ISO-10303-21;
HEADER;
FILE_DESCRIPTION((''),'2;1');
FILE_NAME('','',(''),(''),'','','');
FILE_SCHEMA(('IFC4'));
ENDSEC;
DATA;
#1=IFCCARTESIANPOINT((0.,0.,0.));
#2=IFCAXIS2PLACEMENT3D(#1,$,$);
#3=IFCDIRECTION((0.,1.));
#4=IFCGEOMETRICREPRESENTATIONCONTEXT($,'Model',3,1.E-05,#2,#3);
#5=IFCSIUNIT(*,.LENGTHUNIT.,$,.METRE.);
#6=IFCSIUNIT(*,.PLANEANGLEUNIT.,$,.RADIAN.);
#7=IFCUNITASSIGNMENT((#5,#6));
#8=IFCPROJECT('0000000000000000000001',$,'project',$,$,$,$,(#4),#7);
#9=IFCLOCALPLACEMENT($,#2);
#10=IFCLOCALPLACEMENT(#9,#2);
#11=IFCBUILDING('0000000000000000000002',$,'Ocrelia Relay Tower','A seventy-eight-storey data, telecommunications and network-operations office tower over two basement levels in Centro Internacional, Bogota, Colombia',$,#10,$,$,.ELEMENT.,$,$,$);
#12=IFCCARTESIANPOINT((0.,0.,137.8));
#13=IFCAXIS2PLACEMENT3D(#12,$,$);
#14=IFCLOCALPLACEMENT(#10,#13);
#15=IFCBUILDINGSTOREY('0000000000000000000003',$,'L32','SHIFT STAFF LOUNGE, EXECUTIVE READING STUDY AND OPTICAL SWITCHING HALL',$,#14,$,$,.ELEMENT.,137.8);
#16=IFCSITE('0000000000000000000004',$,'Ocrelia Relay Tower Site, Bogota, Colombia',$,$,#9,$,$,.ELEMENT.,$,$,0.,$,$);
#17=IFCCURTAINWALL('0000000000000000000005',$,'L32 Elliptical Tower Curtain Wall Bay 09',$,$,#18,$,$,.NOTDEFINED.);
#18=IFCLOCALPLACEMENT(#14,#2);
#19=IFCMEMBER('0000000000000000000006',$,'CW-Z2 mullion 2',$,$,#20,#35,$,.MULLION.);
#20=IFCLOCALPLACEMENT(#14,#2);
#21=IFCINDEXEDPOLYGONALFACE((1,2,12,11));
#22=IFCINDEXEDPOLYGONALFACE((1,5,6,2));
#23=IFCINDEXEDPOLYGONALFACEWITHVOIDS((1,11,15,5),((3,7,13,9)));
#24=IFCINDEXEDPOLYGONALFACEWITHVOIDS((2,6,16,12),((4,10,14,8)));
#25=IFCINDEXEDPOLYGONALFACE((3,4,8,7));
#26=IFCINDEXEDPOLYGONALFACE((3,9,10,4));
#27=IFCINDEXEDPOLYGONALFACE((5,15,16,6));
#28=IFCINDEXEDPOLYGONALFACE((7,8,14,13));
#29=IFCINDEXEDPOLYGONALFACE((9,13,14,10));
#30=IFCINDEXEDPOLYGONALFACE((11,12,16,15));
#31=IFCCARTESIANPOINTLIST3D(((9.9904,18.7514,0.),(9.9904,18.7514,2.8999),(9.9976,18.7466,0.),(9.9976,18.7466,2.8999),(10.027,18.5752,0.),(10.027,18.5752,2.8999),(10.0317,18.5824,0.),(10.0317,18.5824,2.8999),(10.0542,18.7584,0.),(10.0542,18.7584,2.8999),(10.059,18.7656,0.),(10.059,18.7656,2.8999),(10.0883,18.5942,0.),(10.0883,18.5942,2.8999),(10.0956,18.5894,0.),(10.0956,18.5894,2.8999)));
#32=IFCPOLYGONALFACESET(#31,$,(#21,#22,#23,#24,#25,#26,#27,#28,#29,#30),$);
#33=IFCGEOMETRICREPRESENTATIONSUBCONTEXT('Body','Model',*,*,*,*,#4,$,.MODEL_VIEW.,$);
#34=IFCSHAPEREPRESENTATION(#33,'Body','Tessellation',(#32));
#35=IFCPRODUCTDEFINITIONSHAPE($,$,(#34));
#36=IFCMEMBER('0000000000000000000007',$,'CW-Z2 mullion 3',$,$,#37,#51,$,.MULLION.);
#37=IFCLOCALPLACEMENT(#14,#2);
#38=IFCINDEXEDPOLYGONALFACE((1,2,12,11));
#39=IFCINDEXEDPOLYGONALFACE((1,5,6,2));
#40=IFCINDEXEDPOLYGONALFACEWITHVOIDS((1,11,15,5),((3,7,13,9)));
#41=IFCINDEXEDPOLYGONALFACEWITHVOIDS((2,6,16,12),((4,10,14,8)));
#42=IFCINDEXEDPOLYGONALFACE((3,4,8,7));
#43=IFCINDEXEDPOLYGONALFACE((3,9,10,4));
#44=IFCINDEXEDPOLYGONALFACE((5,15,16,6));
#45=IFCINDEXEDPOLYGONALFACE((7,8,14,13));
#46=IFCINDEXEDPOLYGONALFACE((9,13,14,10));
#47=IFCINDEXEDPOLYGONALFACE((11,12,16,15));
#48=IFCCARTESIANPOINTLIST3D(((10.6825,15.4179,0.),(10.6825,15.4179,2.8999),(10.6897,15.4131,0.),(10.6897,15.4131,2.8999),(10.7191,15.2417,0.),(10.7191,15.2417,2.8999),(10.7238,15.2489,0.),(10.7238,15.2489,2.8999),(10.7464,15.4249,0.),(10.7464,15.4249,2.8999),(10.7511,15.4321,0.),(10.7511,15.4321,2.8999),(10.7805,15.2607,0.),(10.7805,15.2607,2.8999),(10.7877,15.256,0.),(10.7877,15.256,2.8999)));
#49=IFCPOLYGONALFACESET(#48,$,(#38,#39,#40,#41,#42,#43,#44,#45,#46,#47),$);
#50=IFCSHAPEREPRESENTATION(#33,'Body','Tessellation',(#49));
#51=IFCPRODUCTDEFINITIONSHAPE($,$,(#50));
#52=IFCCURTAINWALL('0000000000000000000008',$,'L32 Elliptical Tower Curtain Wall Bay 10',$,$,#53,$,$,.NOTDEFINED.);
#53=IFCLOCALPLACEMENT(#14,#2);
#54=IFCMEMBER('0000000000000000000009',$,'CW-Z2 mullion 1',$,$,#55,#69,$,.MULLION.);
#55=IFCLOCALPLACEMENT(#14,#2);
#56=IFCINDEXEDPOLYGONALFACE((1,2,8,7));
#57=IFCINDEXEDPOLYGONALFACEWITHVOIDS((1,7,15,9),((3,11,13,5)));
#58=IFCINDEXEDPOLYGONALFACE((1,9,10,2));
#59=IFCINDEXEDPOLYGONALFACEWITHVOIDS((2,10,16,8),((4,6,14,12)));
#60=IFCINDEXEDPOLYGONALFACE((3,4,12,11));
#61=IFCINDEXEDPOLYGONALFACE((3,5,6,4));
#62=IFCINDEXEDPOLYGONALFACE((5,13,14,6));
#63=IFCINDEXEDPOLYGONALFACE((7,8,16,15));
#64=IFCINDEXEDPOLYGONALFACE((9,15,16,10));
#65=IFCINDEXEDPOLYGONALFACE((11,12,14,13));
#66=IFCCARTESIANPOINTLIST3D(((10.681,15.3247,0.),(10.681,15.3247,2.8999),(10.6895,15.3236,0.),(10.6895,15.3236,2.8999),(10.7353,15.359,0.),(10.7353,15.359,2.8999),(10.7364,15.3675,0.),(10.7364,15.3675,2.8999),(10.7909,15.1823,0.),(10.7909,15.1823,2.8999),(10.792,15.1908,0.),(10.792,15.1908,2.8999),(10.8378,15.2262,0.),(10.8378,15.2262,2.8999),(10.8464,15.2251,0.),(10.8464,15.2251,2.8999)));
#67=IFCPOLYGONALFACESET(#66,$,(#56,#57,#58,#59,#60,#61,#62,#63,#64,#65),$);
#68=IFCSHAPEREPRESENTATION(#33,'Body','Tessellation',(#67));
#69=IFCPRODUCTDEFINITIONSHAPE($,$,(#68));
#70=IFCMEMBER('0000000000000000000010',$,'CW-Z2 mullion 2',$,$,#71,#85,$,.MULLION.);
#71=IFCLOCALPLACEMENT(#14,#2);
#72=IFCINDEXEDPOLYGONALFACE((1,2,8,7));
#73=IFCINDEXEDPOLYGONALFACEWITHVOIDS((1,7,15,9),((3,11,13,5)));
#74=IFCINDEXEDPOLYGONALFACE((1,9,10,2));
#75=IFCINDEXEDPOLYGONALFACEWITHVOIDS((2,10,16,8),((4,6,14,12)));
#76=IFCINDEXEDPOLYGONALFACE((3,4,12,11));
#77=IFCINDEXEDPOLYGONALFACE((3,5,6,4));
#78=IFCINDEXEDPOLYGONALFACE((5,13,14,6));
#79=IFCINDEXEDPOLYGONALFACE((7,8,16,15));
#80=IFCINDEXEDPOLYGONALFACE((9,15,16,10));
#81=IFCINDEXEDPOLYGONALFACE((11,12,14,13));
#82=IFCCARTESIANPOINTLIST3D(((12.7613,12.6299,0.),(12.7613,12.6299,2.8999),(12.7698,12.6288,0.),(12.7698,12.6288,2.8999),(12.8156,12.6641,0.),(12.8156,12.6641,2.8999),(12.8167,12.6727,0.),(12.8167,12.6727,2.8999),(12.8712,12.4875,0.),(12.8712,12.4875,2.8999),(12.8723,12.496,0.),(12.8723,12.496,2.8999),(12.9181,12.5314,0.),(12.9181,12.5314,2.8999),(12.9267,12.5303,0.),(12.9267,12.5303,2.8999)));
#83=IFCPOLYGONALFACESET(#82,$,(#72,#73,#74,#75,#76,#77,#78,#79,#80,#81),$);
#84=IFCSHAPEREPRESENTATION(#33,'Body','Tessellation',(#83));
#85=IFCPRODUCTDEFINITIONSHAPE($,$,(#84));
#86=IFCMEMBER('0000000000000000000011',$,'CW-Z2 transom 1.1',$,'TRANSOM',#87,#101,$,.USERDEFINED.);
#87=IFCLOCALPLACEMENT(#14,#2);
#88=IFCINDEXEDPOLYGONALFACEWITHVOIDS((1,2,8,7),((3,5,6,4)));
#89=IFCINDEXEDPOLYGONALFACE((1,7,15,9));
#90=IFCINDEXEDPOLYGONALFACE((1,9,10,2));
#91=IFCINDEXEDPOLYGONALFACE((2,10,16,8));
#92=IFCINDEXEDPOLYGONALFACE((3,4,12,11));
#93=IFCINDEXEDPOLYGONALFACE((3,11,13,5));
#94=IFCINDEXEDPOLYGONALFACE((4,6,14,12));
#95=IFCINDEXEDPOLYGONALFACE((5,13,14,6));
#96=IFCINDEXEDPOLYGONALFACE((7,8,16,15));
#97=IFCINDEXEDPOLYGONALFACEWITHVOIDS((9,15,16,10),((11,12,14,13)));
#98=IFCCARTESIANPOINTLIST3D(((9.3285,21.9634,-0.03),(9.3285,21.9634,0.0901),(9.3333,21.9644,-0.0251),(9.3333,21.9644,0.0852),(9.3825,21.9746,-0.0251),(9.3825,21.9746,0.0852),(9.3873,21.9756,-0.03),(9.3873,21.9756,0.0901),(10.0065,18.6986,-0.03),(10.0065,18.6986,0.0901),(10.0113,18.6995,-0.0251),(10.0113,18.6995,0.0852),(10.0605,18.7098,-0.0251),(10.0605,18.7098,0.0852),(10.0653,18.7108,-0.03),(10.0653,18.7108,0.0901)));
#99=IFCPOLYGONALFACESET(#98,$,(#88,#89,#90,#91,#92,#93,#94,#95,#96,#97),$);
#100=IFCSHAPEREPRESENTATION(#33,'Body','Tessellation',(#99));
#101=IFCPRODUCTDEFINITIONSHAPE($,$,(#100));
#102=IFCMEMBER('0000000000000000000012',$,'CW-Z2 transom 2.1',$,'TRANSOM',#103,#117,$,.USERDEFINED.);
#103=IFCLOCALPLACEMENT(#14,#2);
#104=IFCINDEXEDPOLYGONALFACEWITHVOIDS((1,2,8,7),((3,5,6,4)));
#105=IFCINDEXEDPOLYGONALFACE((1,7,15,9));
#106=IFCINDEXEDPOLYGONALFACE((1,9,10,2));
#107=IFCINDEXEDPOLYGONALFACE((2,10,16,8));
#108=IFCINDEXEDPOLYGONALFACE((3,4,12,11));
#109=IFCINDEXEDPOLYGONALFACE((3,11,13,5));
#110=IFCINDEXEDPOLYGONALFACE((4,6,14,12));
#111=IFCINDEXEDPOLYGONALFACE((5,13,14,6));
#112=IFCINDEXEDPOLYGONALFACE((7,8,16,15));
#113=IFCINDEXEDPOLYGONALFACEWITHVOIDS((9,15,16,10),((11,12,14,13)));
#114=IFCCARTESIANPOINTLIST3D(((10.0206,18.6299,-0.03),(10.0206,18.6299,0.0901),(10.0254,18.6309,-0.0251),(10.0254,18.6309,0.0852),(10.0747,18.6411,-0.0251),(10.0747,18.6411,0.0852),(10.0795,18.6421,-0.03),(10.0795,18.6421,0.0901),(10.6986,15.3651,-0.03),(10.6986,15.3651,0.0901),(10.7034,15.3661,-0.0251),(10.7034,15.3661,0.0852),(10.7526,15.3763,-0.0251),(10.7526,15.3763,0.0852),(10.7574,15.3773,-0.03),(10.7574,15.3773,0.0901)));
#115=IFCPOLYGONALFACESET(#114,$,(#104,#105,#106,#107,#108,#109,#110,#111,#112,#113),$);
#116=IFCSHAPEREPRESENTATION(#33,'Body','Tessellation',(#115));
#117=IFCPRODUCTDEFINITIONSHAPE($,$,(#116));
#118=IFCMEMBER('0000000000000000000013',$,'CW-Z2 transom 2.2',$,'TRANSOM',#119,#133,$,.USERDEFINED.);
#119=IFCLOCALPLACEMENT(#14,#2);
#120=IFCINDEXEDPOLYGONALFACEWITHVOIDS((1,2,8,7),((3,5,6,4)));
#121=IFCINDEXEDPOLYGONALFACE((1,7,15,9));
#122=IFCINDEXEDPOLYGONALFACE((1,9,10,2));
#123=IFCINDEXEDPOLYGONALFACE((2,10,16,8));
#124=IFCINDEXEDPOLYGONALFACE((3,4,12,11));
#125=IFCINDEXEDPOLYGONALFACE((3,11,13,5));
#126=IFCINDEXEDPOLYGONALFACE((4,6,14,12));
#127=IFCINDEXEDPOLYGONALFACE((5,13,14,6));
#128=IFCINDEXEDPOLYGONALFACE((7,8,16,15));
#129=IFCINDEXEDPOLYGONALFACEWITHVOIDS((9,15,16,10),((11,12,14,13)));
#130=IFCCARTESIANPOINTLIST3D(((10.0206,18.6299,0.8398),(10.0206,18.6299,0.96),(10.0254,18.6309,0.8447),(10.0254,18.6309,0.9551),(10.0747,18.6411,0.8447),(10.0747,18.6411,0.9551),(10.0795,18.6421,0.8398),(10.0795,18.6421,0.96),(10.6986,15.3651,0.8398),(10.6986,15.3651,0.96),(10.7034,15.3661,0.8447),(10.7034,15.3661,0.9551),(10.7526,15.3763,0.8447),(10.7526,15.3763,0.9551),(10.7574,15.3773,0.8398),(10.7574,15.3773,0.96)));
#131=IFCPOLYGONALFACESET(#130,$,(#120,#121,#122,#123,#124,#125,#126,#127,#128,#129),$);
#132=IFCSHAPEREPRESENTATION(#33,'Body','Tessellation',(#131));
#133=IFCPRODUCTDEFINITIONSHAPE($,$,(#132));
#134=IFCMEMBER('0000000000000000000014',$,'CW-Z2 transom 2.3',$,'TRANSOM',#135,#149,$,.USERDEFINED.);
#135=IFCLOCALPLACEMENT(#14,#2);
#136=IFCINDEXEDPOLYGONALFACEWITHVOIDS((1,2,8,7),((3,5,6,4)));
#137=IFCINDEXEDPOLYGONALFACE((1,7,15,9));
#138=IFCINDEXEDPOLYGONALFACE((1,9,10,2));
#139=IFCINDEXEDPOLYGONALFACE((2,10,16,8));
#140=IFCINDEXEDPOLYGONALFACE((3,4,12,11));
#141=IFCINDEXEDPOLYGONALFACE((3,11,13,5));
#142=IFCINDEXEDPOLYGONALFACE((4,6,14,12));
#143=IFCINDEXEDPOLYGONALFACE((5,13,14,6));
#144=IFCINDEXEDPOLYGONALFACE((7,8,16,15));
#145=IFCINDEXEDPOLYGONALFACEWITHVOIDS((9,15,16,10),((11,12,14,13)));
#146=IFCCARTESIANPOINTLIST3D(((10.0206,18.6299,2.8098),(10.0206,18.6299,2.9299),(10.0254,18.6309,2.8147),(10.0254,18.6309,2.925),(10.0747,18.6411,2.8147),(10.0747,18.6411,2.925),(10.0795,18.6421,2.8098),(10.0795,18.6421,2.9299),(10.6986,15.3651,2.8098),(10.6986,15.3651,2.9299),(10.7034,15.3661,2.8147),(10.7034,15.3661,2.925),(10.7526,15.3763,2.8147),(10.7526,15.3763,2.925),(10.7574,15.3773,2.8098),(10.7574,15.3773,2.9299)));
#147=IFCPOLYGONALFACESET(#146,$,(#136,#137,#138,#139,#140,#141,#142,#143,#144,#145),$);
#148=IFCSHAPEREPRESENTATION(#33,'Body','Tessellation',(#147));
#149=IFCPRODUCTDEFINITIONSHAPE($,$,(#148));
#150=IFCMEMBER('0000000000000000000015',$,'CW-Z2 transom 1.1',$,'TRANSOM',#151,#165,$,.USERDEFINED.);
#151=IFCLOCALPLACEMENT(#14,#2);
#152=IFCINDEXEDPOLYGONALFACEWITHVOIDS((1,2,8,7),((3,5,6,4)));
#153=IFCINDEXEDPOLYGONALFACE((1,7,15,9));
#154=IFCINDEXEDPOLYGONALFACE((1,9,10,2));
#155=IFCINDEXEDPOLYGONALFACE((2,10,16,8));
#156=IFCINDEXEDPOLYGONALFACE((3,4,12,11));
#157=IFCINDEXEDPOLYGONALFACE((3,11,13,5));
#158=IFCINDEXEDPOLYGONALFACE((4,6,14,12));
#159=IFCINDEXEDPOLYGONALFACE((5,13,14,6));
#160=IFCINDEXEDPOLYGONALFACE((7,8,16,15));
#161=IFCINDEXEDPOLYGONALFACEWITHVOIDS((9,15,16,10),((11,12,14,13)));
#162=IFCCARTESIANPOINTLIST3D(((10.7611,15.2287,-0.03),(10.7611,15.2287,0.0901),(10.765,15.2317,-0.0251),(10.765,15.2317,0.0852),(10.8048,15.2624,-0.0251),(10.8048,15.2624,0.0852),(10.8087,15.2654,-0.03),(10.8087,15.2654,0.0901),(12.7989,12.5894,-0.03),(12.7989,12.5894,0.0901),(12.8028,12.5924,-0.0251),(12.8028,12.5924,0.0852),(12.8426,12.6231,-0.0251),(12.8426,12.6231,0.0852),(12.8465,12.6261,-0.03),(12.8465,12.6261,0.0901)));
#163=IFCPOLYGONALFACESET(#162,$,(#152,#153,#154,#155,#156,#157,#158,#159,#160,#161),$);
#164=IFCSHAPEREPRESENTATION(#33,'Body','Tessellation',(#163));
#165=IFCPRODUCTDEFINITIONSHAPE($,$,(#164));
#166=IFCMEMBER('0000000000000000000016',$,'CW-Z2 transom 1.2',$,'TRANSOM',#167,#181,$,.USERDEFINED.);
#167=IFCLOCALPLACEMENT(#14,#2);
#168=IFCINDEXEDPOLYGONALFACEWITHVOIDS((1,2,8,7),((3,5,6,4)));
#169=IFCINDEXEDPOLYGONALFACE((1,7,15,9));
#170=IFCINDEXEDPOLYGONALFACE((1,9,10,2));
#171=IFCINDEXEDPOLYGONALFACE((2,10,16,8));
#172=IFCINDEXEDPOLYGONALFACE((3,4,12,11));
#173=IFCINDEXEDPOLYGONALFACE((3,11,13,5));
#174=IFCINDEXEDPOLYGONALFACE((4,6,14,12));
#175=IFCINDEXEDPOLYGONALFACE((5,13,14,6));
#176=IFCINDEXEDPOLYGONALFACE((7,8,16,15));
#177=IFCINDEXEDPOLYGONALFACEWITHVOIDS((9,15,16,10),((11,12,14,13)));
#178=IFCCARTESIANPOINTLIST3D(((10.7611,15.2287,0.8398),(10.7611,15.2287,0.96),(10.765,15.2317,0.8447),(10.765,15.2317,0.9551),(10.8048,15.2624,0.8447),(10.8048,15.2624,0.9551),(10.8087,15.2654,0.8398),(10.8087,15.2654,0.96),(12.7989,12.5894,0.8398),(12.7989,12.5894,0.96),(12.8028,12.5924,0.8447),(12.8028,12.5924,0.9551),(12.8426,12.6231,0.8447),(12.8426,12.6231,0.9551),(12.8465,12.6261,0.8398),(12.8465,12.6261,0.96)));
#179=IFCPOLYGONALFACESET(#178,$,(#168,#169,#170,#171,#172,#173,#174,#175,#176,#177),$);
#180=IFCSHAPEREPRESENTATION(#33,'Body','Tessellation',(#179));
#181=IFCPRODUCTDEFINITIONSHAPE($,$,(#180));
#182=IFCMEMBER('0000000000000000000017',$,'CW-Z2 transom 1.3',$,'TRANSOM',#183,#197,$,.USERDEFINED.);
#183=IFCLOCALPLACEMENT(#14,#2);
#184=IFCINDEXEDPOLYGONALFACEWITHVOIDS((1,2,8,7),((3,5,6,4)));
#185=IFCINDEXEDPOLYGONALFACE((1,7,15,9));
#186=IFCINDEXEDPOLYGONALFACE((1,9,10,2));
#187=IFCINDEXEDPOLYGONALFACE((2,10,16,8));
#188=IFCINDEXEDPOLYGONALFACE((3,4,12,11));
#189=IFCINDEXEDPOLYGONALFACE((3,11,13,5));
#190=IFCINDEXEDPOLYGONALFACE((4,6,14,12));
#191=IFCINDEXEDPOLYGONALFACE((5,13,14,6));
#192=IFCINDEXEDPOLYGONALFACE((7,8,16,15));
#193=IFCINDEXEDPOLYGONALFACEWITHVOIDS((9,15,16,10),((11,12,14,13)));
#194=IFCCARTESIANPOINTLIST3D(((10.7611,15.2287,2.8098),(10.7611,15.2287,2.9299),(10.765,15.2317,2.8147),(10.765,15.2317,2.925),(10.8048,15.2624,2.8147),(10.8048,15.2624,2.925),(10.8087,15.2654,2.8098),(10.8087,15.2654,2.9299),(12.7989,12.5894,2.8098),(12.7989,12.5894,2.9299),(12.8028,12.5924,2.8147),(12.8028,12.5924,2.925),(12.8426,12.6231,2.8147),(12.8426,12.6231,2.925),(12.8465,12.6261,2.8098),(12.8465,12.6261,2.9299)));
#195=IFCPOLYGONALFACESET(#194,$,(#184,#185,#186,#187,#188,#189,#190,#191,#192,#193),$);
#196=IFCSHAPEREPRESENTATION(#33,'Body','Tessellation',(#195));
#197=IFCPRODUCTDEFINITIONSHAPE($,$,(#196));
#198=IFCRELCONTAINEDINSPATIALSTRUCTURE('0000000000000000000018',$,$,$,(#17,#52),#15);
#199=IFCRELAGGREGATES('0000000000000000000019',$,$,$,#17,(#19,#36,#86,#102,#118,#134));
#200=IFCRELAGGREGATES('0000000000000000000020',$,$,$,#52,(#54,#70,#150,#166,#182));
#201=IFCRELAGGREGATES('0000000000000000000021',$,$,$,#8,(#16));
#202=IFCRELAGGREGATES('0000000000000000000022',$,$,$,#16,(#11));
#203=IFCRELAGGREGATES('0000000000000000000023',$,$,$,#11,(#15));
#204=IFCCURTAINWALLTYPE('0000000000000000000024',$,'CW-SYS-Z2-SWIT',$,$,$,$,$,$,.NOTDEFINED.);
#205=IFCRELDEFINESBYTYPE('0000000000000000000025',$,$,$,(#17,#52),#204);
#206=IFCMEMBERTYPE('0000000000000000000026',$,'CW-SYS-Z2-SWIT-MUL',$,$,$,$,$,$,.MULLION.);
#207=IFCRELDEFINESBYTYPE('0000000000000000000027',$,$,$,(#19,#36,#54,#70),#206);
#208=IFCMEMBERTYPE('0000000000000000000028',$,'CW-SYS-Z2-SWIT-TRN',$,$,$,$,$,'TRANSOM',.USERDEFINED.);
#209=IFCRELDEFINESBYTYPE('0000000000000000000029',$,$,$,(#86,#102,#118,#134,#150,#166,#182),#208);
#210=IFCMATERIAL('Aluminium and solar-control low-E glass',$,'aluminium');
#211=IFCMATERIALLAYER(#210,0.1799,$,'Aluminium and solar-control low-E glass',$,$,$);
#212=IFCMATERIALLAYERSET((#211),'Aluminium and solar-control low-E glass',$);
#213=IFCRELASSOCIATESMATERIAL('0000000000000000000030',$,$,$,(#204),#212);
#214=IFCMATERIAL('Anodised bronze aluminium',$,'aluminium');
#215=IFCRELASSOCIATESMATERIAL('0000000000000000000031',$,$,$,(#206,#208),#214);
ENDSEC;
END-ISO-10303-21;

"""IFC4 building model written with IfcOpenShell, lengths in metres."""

from ifc_helpers import new_model, si_unit, direction, frame, origin, origin_2d, place, context, subcontext, project, spatial, hollow_rectangle, extrude, material, layer, layer_set, material_profile, profile_set, type_object, element, aggregate, save


model = new_model("IFC4")

# Units and contexts
model_context = context("Model", 3, precision=1e-05, world=origin(), true_north=direction((0.0, 1.0)))
body_context = subcontext(model_context, "Body", "Model", "MODEL_VIEW")
ifc_project = project(units=[si_unit("LENGTHUNIT", "METRE"), si_unit("PLANEANGLEUNIT", "RADIAN")], contexts=[model_context])

# Site, building, storey
site_placement = place(None, origin())
site = spatial("IfcSite", under=ifc_project, at=site_placement, Name="Ocrelia Relay Tower Site, Bogota, Colombia", CompositionType="ELEMENT", RefElevation=0.0)
building_placement = place(site_placement, origin())
building = spatial("IfcBuilding", under=site, at=building_placement, Name="Ocrelia Relay Tower", Description="A seventy-eight-storey data, telecommunications and network-operations office tower over two basement levels in Centro Internacional, Bogota, Colombia", CompositionType="ELEMENT")
storey_placement = place(building_placement, frame((0.0, 0.0, 137.8)))
storey = spatial("IfcBuildingStorey", under=building, at=storey_placement, Name="L32", Description="SHIFT STAFF LOUNGE, EXECUTIVE READING STUDY AND OPTICAL SWITCHING HALL", CompositionType="ELEMENT", Elevation=137.8)

# Curtain walls, members
ifc_material_1 = material(Name="Aluminium and solar-control low-E glass", Category="aluminium")
ifc_layer_1 = layer(ifc_material_1, 0.1799, Name="Aluminium and solar-control low-E glass")
ifc_layer_set_1 = layer_set([ifc_layer_1], Name="Aluminium and solar-control low-E glass")
curtain_wall_type = type_object("IfcCurtainWallType", Name="CW-SYS-Z2-SWIT", PredefinedType="NOTDEFINED", material=ifc_layer_set_1)
curtain_wall_1_placement = place(storey_placement, origin())
curtain_wall_1 = element("IfcCurtainWall", 1, at=curtain_wall_1_placement, inside=storey, type_object=curtain_wall_type, Name="L32 Elliptical Tower Curtain Wall Bay 09", PredefinedType="NOTDEFINED")
ifc_material_2 = material(Name="Anodised bronze aluminium", Category="aluminium")
ifc_material_profile_1 = material_profile(ifc_material_2, hollow_rectangle(XDim=0.0701, YDim=0.1799, WallThickness=0.0061, at=origin_2d()), Name="CW-MUL-180x70")
ifc_profile_set_1 = profile_set([ifc_material_profile_1], Name="Anodised bronze aluminium")
member_type_1 = type_object("IfcMemberType", Name="CW-SYS-Z2-SWIT-MUL", PredefinedType="MULLION", material=ifc_profile_set_1)
member_1_placement = place(storey_placement, frame((10.043, 18.6704, 0.0), z_axis=(0.0, 0.0, 1.0), x_axis=(0.979114, 0.203312, 0.0)))
member_1 = element("IfcMember", 2, at=member_1_placement, type_object=member_type_1, Name="CW-Z2 mullion 2", PredefinedType="MULLION", context=body_context, shape_type="SweptSolid", body=[
    extrude(hollow_rectangle(XDim=0.0701, YDim=0.1799, WallThickness=0.0061, at=origin_2d()), origin(), (0.0, 0.0, 1.0), 2.8999),
])
member_2_placement = place(storey_placement, frame((10.7351, 15.3369, 0.0), z_axis=(0.0, 0.0, 1.0), x_axis=(0.979114, 0.203312, 0.0)))
member_2 = element("IfcMember", 3, at=member_2_placement, type_object=member_type_1, Name="CW-Z2 mullion 3", PredefinedType="MULLION", context=body_context, shape_type="SweptSolid", body=[
    extrude(hollow_rectangle(XDim=0.0701, YDim=0.1799, WallThickness=0.0061, at=origin_2d()), origin(), (0.0, 0.0, 1.0), 2.8999),
])
curtain_wall_2_placement = place(storey_placement, origin())
curtain_wall_2 = element("IfcCurtainWall", 4, at=curtain_wall_2_placement, inside=storey, type_object=curtain_wall_type, Name="L32 Elliptical Tower Curtain Wall Bay 10", PredefinedType="NOTDEFINED")
member_3_placement = place(storey_placement, frame((10.7637, 15.2749, 0.0), z_axis=(0.0, 0.0, 1.0), x_axis=(0.791551, 0.611104, 0.0)))
member_3 = element("IfcMember", 5, at=member_3_placement, type_object=member_type_1, Name="CW-Z2 mullion 1", PredefinedType="MULLION", context=body_context, shape_type="SweptSolid", body=[
    extrude(hollow_rectangle(XDim=0.0701, YDim=0.1799, WallThickness=0.0061, at=origin_2d()), origin(), (0.0, 0.0, 1.0), 2.8999),
])
member_4_placement = place(storey_placement, frame((12.844, 12.5801, 0.0), z_axis=(0.0, 0.0, 1.0), x_axis=(0.791551, 0.611104, 0.0)))
member_4 = element("IfcMember", 6, at=member_4_placement, type_object=member_type_1, Name="CW-Z2 mullion 2", PredefinedType="MULLION", context=body_context, shape_type="SweptSolid", body=[
    extrude(hollow_rectangle(XDim=0.0701, YDim=0.1799, WallThickness=0.0061, at=origin_2d()), origin(), (0.0, 0.0, 1.0), 2.8999),
])

# Members
ifc_material_profile_2 = material_profile(ifc_material_2, hollow_rectangle(XDim=0.0601, YDim=0.1201, WallThickness=0.0049, at=origin_2d()), Name="CW-TRN-120x60")
ifc_profile_set_2 = profile_set([ifc_material_profile_2], Name="Anodised bronze aluminium")
member_type_2 = type_object("IfcMemberType", Name="CW-SYS-Z2-SWIT-TRN", ElementType="TRANSOM", PredefinedType="USERDEFINED", material=ifc_profile_set_2)
member_5_placement = place(storey_placement, frame((9.3579, 21.9695, 0.03), z_axis=(0.20332, -0.979112, 0.0), x_axis=(0.979112, 0.20332, 0.0)))
member_5 = element("IfcMember", 7, at=member_5_placement, type_object=member_type_2, Name="CW-Z2 transom 1.1", ObjectType="TRANSOM", PredefinedType="USERDEFINED", context=body_context, shape_type="SweptSolid", body=[
    extrude(hollow_rectangle(XDim=0.0601, YDim=0.1201, WallThickness=0.0049, at=origin_2d()), origin(), (0.0, 0.0, 1.0), 3.3345),
])
member_6_placement = place(storey_placement, frame((10.05, 18.636, 0.03), z_axis=(0.20332, -0.979112, 0.0), x_axis=(0.979112, 0.20332, 0.0)))
member_6 = element("IfcMember", 8, at=member_6_placement, type_object=member_type_2, Name="CW-Z2 transom 2.1", ObjectType="TRANSOM", PredefinedType="USERDEFINED", context=body_context, shape_type="SweptSolid", body=[
    extrude(hollow_rectangle(XDim=0.0601, YDim=0.1201, WallThickness=0.0049, at=origin_2d()), origin(), (0.0, 0.0, 1.0), 3.3345),
])
member_7_placement = place(storey_placement, frame((10.05, 18.636, 0.8999), z_axis=(0.20332, -0.979112, 0.0), x_axis=(0.979112, 0.20332, 0.0)))
member_7 = element("IfcMember", 9, at=member_7_placement, type_object=member_type_2, Name="CW-Z2 transom 2.2", ObjectType="TRANSOM", PredefinedType="USERDEFINED", context=body_context, shape_type="SweptSolid", body=[
    extrude(hollow_rectangle(XDim=0.0601, YDim=0.1201, WallThickness=0.0049, at=origin_2d()), origin(), (0.0, 0.0, 1.0), 3.3345),
])
member_8_placement = place(storey_placement, frame((10.05, 18.636, 2.8699), z_axis=(0.20332, -0.979112, 0.0), x_axis=(0.979112, 0.20332, 0.0)))
member_8 = element("IfcMember", 10, at=member_8_placement, type_object=member_type_2, Name="CW-Z2 transom 2.3", ObjectType="TRANSOM", PredefinedType="USERDEFINED", context=body_context, shape_type="SweptSolid", body=[
    extrude(hollow_rectangle(XDim=0.0601, YDim=0.1201, WallThickness=0.0049, at=origin_2d()), origin(), (0.0, 0.0, 1.0), 3.3345),
])
member_9_placement = place(storey_placement, frame((10.7849, 15.2471, 0.03), z_axis=(0.611129, -0.791531, 0.0), x_axis=(0.791531, 0.611129, 0.0)))
member_9 = element("IfcMember", 11, at=member_9_placement, type_object=member_type_2, Name="CW-Z2 transom 1.1", ObjectType="TRANSOM", PredefinedType="USERDEFINED", context=body_context, shape_type="SweptSolid", body=[
    extrude(hollow_rectangle(XDim=0.0601, YDim=0.1201, WallThickness=0.0049, at=origin_2d()), origin(), (0.0, 0.0, 1.0), 3.3345),
])
member_10_placement = place(storey_placement, frame((10.7849, 15.2471, 0.8999), z_axis=(0.611129, -0.791531, 0.0), x_axis=(0.791531, 0.611129, 0.0)))
member_10 = element("IfcMember", 12, at=member_10_placement, type_object=member_type_2, Name="CW-Z2 transom 1.2", ObjectType="TRANSOM", PredefinedType="USERDEFINED", context=body_context, shape_type="SweptSolid", body=[
    extrude(hollow_rectangle(XDim=0.0601, YDim=0.1201, WallThickness=0.0049, at=origin_2d()), origin(), (0.0, 0.0, 1.0), 3.3345),
])
member_11_placement = place(storey_placement, frame((10.7849, 15.2471, 2.8699), z_axis=(0.611129, -0.791531, 0.0), x_axis=(0.791531, 0.611129, 0.0)))
member_11 = element("IfcMember", 13, at=member_11_placement, type_object=member_type_2, Name="CW-Z2 transom 1.3", ObjectType="TRANSOM", PredefinedType="USERDEFINED", context=body_context, shape_type="SweptSolid", body=[
    extrude(hollow_rectangle(XDim=0.0601, YDim=0.1201, WallThickness=0.0049, at=origin_2d()), origin(), (0.0, 0.0, 1.0), 3.3345),
])

aggregate(curtain_wall_1, [member_1, member_2, member_5, member_6, member_7, member_8])
aggregate(curtain_wall_2, [member_3, member_4, member_9, member_10, member_11])

save(model, "model.ifc")
